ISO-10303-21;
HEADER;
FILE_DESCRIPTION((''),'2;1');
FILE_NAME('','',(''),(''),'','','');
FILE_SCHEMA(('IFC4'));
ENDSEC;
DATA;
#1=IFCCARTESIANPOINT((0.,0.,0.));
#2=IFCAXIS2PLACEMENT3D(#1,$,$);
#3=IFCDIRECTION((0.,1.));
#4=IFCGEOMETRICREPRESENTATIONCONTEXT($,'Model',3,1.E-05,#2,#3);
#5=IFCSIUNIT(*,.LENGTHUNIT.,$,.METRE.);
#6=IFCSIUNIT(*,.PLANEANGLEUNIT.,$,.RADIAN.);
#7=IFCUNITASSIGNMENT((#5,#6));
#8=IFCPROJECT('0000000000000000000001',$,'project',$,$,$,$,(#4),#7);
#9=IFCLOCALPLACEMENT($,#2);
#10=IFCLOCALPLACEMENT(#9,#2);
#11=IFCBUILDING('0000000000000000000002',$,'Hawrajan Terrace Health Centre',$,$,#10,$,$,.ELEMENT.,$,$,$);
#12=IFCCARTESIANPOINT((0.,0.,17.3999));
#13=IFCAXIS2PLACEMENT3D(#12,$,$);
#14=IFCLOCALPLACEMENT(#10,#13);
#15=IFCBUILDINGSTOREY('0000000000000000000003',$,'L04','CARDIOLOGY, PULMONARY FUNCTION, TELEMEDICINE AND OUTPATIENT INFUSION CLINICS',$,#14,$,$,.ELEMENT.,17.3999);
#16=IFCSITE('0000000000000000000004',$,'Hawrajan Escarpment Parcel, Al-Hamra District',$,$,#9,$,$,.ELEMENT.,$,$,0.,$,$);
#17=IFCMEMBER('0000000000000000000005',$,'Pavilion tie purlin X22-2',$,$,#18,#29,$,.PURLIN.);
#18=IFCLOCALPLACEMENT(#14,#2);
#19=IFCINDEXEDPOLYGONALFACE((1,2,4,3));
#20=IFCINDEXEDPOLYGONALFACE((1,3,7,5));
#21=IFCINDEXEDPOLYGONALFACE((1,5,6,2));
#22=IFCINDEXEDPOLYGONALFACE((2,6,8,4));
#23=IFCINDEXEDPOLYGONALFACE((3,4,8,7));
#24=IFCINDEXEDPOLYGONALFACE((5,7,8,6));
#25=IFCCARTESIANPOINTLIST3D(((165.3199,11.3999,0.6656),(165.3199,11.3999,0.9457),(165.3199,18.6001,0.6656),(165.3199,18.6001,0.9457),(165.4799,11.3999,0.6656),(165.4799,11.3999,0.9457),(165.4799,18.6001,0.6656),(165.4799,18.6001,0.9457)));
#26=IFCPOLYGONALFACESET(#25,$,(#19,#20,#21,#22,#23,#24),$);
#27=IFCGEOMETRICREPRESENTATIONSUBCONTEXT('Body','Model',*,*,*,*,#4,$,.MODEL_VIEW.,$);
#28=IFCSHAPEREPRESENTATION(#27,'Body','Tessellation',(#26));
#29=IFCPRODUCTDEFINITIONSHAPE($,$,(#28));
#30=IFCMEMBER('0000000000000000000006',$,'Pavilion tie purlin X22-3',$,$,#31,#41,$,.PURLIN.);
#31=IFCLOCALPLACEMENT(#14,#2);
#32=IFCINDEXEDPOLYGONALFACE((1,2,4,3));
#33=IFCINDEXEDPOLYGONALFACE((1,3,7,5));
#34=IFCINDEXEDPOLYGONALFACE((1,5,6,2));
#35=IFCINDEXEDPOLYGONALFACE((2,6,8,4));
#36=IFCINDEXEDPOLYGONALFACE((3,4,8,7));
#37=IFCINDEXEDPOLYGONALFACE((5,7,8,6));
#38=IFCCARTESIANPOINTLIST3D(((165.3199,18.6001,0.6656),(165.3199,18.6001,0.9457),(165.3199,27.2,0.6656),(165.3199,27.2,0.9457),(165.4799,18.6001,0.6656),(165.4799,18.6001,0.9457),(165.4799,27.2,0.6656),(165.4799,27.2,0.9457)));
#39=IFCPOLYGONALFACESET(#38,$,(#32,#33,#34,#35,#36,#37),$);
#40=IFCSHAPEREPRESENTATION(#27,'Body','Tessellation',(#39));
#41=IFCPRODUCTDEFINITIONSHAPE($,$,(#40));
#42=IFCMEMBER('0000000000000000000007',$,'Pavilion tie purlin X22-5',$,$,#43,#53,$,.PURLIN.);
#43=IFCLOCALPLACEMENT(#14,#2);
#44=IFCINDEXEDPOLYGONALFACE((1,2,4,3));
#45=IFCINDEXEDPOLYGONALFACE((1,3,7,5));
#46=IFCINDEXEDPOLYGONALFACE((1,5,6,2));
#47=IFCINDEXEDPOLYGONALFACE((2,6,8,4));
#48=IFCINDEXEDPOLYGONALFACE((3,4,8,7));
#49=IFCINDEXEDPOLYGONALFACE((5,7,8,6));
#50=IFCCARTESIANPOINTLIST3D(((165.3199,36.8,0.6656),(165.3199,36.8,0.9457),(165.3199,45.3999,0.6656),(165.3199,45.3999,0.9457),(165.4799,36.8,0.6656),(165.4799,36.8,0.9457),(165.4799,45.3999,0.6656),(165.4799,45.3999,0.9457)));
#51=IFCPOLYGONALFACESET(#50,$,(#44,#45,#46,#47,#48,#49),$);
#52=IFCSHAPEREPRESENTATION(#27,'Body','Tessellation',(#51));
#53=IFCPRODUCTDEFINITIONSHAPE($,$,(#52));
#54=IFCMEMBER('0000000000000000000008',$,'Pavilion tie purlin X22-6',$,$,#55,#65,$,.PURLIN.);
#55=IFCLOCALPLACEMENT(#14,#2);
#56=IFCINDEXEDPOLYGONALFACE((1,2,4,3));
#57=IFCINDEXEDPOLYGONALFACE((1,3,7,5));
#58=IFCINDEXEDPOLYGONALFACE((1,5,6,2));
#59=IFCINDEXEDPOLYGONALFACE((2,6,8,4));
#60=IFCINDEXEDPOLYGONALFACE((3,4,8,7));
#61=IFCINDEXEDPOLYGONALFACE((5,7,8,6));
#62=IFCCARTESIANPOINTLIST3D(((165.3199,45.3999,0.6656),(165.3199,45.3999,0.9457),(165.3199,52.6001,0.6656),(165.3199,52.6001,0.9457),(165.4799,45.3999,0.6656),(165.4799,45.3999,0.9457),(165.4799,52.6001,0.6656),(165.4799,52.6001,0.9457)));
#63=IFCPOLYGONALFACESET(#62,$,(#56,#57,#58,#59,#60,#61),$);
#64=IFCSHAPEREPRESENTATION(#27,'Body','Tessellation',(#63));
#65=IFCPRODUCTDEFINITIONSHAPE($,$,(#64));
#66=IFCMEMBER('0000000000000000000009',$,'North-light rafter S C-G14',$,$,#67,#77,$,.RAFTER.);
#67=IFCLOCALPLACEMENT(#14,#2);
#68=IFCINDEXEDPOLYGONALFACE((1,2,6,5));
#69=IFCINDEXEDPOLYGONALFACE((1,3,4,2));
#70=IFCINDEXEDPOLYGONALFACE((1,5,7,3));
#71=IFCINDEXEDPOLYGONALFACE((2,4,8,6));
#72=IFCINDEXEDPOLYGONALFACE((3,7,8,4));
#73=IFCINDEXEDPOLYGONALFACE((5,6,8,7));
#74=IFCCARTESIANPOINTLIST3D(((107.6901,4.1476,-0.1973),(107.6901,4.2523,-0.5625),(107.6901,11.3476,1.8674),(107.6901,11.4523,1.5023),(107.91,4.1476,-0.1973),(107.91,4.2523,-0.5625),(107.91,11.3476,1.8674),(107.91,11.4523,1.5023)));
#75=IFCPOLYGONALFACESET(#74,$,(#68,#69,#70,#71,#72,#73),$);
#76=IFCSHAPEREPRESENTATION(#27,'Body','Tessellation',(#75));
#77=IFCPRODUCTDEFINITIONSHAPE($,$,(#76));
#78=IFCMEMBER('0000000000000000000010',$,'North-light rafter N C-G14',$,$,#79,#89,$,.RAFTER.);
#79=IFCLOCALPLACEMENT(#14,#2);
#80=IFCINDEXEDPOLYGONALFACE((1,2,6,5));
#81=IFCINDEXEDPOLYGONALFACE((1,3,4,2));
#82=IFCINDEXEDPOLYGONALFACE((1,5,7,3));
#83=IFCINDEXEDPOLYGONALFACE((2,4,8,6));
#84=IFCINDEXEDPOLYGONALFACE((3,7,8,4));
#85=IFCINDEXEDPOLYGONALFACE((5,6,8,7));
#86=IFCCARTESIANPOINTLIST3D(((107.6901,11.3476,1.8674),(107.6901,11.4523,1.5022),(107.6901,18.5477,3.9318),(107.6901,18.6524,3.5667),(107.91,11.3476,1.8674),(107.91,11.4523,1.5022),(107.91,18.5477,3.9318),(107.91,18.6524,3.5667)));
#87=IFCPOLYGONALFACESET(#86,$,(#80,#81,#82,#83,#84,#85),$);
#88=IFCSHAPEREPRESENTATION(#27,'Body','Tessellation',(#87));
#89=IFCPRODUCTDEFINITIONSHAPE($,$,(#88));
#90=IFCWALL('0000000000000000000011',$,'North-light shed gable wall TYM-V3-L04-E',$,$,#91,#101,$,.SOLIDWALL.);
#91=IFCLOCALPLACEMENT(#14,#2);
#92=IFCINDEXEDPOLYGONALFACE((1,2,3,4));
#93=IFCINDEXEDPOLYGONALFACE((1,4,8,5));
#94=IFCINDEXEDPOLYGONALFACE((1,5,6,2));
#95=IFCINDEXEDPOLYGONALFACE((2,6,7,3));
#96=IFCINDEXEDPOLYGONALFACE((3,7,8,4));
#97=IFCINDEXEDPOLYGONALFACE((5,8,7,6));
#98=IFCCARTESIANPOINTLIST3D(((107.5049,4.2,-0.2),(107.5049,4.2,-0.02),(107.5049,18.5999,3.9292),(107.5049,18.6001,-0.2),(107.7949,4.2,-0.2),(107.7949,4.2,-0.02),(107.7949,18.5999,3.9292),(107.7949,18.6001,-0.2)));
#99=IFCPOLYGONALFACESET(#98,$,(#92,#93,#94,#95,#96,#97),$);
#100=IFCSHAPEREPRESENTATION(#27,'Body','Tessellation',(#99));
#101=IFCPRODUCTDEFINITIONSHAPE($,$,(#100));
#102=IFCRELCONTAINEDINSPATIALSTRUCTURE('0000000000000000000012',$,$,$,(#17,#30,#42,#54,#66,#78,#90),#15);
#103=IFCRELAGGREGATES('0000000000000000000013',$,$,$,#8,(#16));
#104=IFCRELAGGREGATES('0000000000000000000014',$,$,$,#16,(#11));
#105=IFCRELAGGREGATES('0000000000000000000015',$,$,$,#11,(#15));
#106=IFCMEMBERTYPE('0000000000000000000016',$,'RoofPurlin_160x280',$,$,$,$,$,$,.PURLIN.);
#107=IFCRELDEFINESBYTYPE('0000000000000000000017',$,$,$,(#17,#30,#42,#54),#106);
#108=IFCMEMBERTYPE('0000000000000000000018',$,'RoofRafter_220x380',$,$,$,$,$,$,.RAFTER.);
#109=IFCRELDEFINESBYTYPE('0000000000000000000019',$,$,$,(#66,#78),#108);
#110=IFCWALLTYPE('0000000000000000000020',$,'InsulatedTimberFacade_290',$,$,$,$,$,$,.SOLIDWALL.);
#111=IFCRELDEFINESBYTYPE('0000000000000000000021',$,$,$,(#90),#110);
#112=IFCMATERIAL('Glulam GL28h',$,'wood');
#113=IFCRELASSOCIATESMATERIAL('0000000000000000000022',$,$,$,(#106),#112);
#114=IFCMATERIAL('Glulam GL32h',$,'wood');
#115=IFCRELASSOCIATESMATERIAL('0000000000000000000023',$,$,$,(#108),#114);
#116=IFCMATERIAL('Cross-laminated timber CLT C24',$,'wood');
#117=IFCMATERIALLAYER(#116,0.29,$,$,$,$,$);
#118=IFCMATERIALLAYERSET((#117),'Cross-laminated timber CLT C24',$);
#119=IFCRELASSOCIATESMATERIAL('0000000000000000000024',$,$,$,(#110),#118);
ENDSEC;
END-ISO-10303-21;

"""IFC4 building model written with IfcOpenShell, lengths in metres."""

from ifc_helpers import new_model, si_unit, direction, frame, origin, origin_2d, place, context, subcontext, project, spatial, polyline, rectangle, outline, extrude, material, layer, layer_set, material_profile, profile_set, type_object, element, save


model = new_model("IFC4")

# Units and contexts
model_context = context("Model", 3, precision=1e-05, world=origin(), true_north=direction((0.0, 1.0)))
body_context = subcontext(model_context, "Body", "Model", "MODEL_VIEW")
ifc_project = project(units=[si_unit("LENGTHUNIT", "METRE"), si_unit("PLANEANGLEUNIT", "RADIAN")], contexts=[model_context])

# Site, building, storey
site_placement = place(None, origin())
site = spatial("IfcSite", under=ifc_project, at=site_placement, Name="Hawrajan Escarpment Parcel, Al-Hamra District", CompositionType="ELEMENT", RefElevation=0.0)
building_placement = place(site_placement, origin())
building = spatial("IfcBuilding", under=site, at=building_placement, Name="Hawrajan Terrace Health Centre", CompositionType="ELEMENT")
storey_placement = place(building_placement, frame((0.0, 0.0, 17.3999)))
storey = spatial("IfcBuildingStorey", under=building, at=storey_placement, Name="L04", Description="CARDIOLOGY, PULMONARY FUNCTION, TELEMEDICINE AND OUTPATIENT INFUSION CLINICS", CompositionType="ELEMENT", Elevation=17.3999)

# Members
ifc_material_1 = material(Name="Glulam GL28h", Category="wood")
ifc_material_profile_1 = material_profile(ifc_material_1, rectangle(XDim=0.1599, YDim=0.28, at=origin_2d()), Name="GL PUR 160x280")
ifc_profile_set_1 = profile_set([ifc_material_profile_1], Name="Glulam GL28h")
member_type_1 = type_object("IfcMemberType", Name="RoofPurlin_160x280", PredefinedType="PURLIN", material=ifc_profile_set_1)
for number, where, z_axis, x_axis, name in (
    (1, (165.3999, 11.3999, 0.8057), (0.0, 1.0, 0.0), (-1.0, 0.0, 0.0), "Pavilion tie purlin X22-2"),
):
    element("IfcMember", number, at=place(storey_placement, frame(where, z_axis=z_axis, x_axis=x_axis)), inside=storey, type_object=member_type_1, Name=name, PredefinedType="PURLIN", context=body_context, shape_type="SweptSolid", body=[
        extrude(rectangle(XDim=0.1599, YDim=0.28, at=origin_2d()), origin(), (0.0, 0.0, 1.0), 7.2002),
    ])
for number, where, z_axis, x_axis, name in (
    (2, (165.3999, 18.6001, 0.8057), (0.0, 1.0, 0.0), (-1.0, 0.0, 0.0), "Pavilion tie purlin X22-3"),
    (3, (165.3999, 36.8, 0.8057), (0.0, 1.0, 0.0), (-1.0, 0.0, 0.0), "Pavilion tie purlin X22-5"),
):
    element("IfcMember", number, at=place(storey_placement, frame(where, z_axis=z_axis, x_axis=x_axis)), inside=storey, type_object=member_type_1, Name=name, PredefinedType="PURLIN", context=body_context, shape_type="SweptSolid", body=[
        extrude(rectangle(XDim=0.1599, YDim=0.28, at=origin_2d()), origin(), (0.0, 0.0, 1.0), 8.5999),
    ])
member_1_placement = place(storey_placement, frame((165.3999, 45.3999, 0.8057), z_axis=(0.0, 1.0, 0.0), x_axis=(-1.0, 0.0, 0.0)))
element("IfcMember", 4, at=member_1_placement, inside=storey, type_object=member_type_1, Name="Pavilion tie purlin X22-6", PredefinedType="PURLIN", context=body_context, shape_type="SweptSolid", body=[
    extrude(rectangle(XDim=0.1599, YDim=0.28, at=origin_2d()), origin(), (0.0, 0.0, 1.0), 7.2002),
])
ifc_material_2 = material(Name="Glulam GL32h", Category="wood")
ifc_material_profile_2 = material_profile(ifc_material_2, rectangle(XDim=0.22, YDim=0.3799, at=origin_2d()), Name="GL CHD 220x380")
ifc_profile_set_2 = profile_set([ifc_material_profile_2], Name="Glulam GL32h")
member_type_2 = type_object("IfcMemberType", Name="RoofRafter_220x380", PredefinedType="RAFTER", material=ifc_profile_set_2)
for number, where, z_axis, x_axis, name in (
    (5, (107.8, 4.2, -0.3799), (0.0, 0.961257, 0.275655), (-1.0, 0.0, 0.0), "North-light rafter S C-G14"),
    (6, (107.8, 11.3999, 1.6848), (0.0, 0.961268, 0.275616), (-1.0, 0.0, 0.0), "North-light rafter N C-G14"),
):
    element("IfcMember", number, at=place(storey_placement, frame(where, z_axis=z_axis, x_axis=x_axis)), inside=storey, type_object=member_type_2, Name=name, PredefinedType="RAFTER", context=body_context, shape_type="SweptSolid", body=[
        extrude(rectangle(XDim=0.22, YDim=0.3799, at=origin_2d()), origin(), (0.0, 0.0, 1.0), 7.4902),
    ])

# Wall
ifc_material_3 = material(Name="Cross-laminated timber CLT C24", Category="wood")
ifc_layer = layer(ifc_material_3, 0.29)
ifc_layer_set = layer_set([ifc_layer], Name="Cross-laminated timber CLT C24")
wall_type = type_object("IfcWallType", Name="InsulatedTimberFacade_290", PredefinedType="SOLIDWALL", material=ifc_layer_set)
wall_placement = place(storey_placement, frame((107.6499, 4.2, -0.2), z_axis=(0.0, 0.0, 1.0), x_axis=(0.0, 1.0, 0.0)))
element("IfcWall", 7, at=wall_placement, inside=storey, type_object=wall_type, Name="North-light shed gable wall TYM-V3-L04-E", PredefinedType="SOLIDWALL", context=body_context, shape_type="SweptSolid", body=[
    extrude(outline(polyline([(0.0, 0.0), (14.4001, 0.0), (14.3999, 4.1292), (0.0, 0.1799), (0.0, 0.0)])), frame((0.0, 0.145, 0.0), z_axis=(0.0, -1.0, 0.0), x_axis=(1.0, 0.0, 0.0)), (0.0, 0.0, 1.0), 0.29),
])

save(model, "model.ifc")
